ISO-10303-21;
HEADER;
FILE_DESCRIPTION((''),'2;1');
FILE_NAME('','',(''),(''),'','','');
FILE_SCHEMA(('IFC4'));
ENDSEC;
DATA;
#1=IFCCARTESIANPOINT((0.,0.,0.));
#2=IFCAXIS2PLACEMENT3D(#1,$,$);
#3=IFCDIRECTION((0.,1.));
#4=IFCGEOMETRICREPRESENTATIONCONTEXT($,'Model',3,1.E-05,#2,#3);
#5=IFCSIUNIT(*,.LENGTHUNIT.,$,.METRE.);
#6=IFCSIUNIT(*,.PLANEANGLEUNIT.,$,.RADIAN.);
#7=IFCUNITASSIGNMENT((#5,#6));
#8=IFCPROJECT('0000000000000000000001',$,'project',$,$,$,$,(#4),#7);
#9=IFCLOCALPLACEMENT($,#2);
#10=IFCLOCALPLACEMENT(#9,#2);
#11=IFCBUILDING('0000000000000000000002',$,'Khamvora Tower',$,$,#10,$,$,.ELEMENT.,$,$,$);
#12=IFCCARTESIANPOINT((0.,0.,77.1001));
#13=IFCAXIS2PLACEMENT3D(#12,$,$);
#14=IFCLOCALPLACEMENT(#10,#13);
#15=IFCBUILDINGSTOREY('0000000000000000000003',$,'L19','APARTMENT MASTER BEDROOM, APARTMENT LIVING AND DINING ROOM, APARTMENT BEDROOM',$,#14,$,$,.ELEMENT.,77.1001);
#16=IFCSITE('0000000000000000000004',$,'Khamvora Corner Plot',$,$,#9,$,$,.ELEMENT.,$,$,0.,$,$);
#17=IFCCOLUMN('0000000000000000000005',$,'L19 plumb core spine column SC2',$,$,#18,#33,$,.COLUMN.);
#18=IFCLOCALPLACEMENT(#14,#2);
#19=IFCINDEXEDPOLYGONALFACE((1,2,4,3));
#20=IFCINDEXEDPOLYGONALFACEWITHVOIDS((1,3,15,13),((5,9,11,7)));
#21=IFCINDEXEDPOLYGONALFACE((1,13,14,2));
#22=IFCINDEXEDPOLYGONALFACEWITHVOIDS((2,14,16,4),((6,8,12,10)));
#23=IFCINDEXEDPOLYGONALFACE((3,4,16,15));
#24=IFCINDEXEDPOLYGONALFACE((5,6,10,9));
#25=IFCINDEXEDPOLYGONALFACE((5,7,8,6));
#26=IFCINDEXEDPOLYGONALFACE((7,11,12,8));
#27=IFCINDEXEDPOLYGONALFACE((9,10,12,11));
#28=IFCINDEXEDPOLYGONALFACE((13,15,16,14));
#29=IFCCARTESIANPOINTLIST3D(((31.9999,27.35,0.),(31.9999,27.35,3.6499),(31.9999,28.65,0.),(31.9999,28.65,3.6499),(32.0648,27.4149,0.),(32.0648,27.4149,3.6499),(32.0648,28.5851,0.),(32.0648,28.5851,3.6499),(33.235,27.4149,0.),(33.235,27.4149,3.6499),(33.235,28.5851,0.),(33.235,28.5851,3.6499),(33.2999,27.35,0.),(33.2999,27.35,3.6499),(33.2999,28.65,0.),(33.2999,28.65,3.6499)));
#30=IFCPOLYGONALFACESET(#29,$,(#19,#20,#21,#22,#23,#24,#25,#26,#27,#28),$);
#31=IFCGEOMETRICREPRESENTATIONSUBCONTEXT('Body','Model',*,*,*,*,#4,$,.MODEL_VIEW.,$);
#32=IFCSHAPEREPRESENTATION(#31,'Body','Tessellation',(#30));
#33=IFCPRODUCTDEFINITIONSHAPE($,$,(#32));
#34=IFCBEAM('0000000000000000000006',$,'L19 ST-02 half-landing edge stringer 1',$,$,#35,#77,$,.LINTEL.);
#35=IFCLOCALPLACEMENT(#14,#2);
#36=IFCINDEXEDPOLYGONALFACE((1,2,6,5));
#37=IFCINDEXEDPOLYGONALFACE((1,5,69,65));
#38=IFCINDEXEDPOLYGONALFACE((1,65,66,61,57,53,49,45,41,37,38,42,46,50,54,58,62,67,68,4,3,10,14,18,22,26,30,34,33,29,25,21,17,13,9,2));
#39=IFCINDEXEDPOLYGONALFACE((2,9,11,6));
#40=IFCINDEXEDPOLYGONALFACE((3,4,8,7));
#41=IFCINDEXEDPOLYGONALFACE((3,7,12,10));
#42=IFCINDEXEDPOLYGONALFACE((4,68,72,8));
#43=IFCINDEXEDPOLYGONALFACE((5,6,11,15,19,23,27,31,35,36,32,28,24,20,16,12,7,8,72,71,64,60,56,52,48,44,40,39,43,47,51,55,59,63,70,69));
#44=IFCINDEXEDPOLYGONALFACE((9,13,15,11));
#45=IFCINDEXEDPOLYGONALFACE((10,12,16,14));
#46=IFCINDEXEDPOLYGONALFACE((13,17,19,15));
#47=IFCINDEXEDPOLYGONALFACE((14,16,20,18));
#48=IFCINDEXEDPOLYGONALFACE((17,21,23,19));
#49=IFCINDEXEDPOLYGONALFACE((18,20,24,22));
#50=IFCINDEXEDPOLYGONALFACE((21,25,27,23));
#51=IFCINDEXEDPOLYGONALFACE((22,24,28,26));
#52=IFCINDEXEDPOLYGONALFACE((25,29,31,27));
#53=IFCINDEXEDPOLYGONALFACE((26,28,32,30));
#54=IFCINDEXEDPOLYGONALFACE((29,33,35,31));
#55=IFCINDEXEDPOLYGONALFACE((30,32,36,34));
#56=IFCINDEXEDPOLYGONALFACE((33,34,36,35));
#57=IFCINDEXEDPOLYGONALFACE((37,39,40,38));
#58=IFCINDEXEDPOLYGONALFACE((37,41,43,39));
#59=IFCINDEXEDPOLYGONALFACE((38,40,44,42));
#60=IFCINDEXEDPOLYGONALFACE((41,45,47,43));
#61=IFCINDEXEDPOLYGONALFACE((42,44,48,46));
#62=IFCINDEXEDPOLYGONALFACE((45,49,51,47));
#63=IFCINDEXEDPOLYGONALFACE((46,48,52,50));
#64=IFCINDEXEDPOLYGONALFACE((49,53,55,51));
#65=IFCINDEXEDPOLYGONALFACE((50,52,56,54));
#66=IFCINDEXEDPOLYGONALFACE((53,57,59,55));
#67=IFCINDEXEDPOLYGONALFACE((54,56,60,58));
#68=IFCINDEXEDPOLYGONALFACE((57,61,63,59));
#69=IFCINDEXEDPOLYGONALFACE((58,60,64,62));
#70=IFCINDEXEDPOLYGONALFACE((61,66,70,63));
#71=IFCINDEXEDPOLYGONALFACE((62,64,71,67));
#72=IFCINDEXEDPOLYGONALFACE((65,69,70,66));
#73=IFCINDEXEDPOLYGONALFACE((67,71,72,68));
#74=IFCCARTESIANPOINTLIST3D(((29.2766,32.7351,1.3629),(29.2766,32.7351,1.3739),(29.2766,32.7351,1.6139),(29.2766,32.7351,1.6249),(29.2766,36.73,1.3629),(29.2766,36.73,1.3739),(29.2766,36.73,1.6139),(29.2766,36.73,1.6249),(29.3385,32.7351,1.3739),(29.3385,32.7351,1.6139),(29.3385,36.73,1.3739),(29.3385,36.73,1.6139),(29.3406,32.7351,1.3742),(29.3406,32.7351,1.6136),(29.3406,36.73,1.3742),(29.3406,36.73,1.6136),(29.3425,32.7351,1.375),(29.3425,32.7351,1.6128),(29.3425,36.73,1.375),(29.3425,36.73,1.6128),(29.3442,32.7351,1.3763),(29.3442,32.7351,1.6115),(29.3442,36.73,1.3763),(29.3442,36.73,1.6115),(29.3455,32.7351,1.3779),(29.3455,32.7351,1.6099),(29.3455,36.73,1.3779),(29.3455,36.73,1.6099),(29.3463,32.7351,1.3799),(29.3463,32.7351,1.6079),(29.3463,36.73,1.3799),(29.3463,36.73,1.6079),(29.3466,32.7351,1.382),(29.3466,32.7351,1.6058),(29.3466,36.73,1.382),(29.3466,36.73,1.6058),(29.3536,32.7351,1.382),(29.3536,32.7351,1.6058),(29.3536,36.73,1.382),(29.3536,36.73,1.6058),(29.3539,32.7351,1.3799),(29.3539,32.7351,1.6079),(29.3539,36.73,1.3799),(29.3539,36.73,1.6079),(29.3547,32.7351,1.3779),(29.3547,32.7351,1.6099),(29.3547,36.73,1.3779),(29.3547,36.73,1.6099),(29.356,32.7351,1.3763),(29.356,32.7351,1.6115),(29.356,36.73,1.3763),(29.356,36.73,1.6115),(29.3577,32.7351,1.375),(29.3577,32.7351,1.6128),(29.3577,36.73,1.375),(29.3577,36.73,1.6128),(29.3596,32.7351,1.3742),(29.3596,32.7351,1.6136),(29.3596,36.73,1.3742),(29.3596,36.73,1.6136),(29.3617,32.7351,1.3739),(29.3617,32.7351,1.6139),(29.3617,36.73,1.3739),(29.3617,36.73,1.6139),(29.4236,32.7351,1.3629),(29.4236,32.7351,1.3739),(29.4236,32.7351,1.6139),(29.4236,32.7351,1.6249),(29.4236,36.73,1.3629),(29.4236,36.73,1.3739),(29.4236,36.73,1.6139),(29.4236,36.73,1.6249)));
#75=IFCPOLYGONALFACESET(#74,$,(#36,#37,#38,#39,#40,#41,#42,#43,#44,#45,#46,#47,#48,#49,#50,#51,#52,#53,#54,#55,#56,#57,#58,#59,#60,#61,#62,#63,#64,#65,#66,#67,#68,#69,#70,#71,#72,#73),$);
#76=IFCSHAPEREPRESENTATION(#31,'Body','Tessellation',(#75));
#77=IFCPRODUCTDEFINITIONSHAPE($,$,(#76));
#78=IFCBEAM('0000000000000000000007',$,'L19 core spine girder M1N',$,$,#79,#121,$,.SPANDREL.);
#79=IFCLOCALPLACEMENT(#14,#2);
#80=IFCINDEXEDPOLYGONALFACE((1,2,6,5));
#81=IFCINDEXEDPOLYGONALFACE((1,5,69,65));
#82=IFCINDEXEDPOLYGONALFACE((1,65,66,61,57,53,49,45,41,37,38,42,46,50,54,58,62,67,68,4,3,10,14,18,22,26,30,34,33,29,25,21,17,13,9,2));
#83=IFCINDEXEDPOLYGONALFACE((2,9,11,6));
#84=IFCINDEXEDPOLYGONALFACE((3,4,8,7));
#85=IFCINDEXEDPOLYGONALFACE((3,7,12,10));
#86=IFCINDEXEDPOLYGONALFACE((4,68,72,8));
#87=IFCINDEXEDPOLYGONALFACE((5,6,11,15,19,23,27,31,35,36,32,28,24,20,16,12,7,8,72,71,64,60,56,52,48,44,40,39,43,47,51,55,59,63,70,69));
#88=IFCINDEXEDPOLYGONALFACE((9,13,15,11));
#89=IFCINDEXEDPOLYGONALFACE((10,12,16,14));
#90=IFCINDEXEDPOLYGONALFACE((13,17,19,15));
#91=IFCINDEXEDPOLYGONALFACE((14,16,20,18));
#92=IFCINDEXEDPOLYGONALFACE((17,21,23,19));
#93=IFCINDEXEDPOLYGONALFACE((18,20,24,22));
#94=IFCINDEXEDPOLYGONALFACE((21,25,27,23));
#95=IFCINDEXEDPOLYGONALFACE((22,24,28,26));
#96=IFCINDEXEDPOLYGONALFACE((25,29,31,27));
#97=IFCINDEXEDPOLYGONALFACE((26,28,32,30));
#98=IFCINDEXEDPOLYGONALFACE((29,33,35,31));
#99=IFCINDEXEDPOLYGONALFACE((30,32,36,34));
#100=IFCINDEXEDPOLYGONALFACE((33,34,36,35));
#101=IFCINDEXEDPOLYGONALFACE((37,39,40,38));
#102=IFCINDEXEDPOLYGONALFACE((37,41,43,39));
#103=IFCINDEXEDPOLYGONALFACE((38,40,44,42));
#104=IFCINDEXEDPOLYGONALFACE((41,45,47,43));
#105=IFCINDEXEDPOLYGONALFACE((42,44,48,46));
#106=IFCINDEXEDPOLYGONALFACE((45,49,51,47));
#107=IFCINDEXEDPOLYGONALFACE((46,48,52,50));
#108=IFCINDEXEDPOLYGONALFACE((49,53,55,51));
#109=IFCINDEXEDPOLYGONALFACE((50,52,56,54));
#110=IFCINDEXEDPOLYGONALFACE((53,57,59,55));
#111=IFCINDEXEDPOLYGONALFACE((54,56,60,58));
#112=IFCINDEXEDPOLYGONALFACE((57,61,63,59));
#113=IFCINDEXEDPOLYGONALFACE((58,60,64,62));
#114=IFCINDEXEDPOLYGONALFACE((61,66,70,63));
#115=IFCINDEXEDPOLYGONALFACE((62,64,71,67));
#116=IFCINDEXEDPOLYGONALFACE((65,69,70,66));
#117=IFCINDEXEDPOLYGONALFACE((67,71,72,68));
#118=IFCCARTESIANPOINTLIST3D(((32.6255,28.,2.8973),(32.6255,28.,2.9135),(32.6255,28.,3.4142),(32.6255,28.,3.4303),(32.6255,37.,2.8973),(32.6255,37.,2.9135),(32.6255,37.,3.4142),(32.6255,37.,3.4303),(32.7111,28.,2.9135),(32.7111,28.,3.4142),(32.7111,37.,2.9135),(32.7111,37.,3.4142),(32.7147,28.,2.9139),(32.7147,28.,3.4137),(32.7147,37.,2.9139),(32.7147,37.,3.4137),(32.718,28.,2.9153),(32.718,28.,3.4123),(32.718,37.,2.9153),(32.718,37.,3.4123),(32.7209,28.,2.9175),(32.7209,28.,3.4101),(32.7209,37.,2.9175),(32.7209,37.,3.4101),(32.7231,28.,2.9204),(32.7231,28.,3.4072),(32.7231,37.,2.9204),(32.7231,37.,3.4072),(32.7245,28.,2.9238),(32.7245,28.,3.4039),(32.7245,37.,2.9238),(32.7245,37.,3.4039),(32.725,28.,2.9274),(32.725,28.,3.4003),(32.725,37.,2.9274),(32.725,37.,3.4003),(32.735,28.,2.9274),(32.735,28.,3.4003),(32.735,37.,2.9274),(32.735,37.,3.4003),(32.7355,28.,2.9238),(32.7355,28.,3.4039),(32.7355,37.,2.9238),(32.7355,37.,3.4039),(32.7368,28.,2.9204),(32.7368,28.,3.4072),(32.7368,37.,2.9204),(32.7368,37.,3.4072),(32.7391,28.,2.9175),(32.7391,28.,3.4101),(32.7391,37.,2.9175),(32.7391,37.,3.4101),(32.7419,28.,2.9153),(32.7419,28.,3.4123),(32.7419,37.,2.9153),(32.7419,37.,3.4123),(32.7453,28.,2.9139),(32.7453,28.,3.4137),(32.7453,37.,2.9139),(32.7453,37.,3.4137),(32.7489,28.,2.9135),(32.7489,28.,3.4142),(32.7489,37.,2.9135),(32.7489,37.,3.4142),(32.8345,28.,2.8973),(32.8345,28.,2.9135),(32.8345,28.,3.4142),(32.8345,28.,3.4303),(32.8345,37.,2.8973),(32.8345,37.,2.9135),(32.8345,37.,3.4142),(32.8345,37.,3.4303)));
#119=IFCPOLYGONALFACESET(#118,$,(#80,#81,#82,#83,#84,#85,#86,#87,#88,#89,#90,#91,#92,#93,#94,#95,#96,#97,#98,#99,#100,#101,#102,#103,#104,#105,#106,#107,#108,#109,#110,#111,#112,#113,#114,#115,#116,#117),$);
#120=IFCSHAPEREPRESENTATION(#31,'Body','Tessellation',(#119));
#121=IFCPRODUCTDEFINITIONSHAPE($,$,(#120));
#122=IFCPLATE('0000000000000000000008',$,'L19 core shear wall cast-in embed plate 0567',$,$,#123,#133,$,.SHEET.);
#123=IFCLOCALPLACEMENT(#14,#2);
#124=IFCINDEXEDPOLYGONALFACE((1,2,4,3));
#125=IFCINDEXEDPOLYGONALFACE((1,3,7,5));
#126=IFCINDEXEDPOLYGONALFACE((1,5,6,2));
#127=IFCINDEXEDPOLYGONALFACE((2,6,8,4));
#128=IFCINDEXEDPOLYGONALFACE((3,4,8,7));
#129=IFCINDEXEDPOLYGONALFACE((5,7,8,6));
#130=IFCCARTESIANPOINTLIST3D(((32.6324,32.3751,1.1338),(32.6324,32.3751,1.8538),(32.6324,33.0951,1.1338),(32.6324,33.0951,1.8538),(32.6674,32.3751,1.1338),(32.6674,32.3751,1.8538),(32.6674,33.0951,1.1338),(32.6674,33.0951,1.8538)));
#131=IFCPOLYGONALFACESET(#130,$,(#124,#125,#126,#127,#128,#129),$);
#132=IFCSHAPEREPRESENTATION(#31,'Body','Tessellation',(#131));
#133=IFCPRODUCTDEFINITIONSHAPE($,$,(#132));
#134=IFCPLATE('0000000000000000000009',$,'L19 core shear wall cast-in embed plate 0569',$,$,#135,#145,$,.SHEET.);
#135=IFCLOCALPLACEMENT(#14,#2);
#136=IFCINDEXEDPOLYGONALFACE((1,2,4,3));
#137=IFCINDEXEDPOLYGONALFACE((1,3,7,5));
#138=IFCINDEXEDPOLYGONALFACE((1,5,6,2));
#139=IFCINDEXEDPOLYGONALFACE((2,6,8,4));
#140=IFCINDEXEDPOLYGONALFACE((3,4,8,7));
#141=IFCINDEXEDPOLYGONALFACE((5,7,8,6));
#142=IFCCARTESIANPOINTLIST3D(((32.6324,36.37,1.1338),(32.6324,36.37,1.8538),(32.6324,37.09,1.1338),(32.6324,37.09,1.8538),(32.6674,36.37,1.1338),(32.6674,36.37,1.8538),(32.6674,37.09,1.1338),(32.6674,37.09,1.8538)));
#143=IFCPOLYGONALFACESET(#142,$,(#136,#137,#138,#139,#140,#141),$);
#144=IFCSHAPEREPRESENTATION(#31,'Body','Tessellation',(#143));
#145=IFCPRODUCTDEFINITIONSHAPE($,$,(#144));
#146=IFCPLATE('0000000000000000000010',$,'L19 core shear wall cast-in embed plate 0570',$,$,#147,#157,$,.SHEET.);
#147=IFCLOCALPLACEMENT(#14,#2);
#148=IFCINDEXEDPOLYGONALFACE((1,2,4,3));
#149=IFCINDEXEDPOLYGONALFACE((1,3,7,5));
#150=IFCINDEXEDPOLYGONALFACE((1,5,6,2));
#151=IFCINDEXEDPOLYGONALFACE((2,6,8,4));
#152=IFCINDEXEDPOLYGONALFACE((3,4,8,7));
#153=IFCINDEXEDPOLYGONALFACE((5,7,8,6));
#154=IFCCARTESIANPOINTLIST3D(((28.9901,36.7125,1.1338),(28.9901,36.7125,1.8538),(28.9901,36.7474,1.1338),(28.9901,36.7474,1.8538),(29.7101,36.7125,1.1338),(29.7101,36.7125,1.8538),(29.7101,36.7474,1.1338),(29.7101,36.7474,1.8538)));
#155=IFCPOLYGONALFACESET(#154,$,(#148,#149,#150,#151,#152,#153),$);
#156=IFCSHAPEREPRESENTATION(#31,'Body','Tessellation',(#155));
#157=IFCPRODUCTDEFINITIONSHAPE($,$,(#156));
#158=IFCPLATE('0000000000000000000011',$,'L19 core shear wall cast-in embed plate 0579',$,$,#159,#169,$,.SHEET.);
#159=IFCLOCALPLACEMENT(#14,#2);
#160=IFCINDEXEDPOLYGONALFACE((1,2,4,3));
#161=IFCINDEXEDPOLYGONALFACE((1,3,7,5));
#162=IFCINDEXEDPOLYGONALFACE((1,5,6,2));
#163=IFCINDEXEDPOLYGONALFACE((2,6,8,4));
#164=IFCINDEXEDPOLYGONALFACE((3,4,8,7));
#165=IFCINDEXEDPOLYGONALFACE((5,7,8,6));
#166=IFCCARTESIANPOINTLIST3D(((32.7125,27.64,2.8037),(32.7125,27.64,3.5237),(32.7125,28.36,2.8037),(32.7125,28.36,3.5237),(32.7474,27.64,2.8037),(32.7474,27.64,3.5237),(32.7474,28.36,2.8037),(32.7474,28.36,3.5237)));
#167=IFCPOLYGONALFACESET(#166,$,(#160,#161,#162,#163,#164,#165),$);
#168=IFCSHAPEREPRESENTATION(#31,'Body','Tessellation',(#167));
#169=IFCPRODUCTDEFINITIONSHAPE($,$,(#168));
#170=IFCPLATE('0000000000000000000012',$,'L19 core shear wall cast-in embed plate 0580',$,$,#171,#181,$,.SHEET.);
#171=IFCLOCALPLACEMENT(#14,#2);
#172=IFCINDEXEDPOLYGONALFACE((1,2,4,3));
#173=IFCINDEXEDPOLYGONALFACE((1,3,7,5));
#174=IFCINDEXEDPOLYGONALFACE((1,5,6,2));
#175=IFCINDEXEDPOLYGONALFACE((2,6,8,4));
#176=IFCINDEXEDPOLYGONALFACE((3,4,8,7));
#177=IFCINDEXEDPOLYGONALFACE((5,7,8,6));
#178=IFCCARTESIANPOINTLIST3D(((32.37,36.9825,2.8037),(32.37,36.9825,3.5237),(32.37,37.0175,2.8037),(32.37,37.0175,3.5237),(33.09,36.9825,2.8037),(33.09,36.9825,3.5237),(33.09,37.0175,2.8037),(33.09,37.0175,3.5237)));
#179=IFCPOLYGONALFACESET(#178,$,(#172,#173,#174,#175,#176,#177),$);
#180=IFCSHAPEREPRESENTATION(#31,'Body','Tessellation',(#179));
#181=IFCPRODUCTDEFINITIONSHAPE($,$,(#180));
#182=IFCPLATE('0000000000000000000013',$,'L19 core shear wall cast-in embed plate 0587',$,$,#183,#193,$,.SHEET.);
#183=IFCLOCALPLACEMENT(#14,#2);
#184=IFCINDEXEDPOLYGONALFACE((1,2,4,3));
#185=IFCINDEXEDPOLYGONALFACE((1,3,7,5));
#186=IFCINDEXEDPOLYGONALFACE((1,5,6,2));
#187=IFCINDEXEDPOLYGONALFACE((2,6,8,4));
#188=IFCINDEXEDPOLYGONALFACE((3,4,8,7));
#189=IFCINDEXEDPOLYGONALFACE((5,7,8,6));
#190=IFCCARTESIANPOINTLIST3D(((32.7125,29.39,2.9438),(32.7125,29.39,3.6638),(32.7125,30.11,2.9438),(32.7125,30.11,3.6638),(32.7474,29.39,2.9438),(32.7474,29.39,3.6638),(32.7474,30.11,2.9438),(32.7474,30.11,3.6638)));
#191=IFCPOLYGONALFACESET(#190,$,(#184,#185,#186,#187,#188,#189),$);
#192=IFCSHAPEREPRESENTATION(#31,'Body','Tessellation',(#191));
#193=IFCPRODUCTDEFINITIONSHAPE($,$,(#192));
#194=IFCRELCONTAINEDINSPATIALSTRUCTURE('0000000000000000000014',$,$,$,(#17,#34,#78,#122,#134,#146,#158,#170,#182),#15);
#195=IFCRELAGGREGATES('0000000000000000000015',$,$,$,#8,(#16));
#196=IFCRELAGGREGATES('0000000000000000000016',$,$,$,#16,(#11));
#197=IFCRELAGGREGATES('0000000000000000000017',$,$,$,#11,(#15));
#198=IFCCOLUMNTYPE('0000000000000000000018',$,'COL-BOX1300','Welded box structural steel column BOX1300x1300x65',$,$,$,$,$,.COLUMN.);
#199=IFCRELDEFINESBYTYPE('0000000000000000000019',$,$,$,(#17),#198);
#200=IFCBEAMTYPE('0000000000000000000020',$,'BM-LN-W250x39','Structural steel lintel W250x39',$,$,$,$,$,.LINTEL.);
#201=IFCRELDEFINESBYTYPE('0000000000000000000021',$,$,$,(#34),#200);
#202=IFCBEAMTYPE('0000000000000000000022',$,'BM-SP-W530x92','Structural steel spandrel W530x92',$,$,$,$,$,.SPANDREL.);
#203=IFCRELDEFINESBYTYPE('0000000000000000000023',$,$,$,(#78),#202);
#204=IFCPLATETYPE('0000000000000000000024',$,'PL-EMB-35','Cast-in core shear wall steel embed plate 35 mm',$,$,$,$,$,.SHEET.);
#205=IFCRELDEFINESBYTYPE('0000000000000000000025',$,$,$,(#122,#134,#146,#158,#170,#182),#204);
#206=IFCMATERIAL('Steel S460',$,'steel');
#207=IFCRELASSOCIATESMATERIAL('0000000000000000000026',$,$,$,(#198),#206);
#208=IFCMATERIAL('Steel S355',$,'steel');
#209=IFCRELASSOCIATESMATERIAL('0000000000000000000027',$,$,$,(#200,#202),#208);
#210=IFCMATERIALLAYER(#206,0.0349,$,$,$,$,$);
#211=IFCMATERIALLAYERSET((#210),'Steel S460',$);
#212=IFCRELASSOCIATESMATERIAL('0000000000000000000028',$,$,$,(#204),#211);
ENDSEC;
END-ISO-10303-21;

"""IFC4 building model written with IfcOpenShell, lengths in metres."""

from ifc_helpers import new_model, si_unit, direction, frame, origin, origin_2d, place, context, subcontext, project, spatial, rectangle, hollow_rectangle, i_section, extrude, material, layer, layer_set, material_profile, profile_set, type_object, element, save


model = new_model("IFC4")

# Units and contexts
model_context = context("Model", 3, precision=1e-05, world=origin(), true_north=direction((0.0, 1.0)))
body_context = subcontext(model_context, "Body", "Model", "MODEL_VIEW")
ifc_project = project(units=[si_unit("LENGTHUNIT", "METRE"), si_unit("PLANEANGLEUNIT", "RADIAN")], contexts=[model_context])

# Site, building, storey
site_placement = place(None, origin())
site = spatial("IfcSite", under=ifc_project, at=site_placement, Name="Khamvora Corner Plot", CompositionType="ELEMENT", RefElevation=0.0)
building_placement = place(site_placement, origin())
building = spatial("IfcBuilding", under=site, at=building_placement, Name="Khamvora Tower", CompositionType="ELEMENT")
storey_placement = place(building_placement, frame((0.0, 0.0, 77.1001)))
storey = spatial("IfcBuildingStorey", under=building, at=storey_placement, Name="L19", Description="APARTMENT MASTER BEDROOM, APARTMENT LIVING AND DINING ROOM, APARTMENT BEDROOM", CompositionType="ELEMENT", Elevation=77.1001)

# Column
ifc_material_1 = material(Name="Steel S460", Category="steel")
ifc_material_profile_1 = material_profile(ifc_material_1, hollow_rectangle(XDim=1.3, YDim=1.3, WallThickness=0.0649, at=origin_2d()), Name="BOX1300x1300x65")
ifc_profile_set_1 = profile_set([ifc_material_profile_1], Name="Steel S460")
column_type = type_object("IfcColumnType", Name="COL-BOX1300", Description="Welded box structural steel column BOX1300x1300x65", PredefinedType="COLUMN", material=ifc_profile_set_1)
column_placement = place(storey_placement, frame((32.6499, 28.0, 0.0), z_axis=(0.0, 0.0, 1.0), x_axis=(1.0, 0.0, 0.0)))
element("IfcColumn", 1, at=column_placement, inside=storey, type_object=column_type, Name="L19 plumb core spine column SC2", PredefinedType="COLUMN", context=body_context, shape_type="SweptSolid", body=[
    extrude(hollow_rectangle(XDim=1.3, YDim=1.3, WallThickness=0.0649, at=origin_2d()), origin(), (0.0, 0.0, 1.0), 3.6499),
])

# Beams
ifc_material_2 = material(Name="Steel S355", Category="steel")
ifc_material_profile_2 = material_profile(ifc_material_2, i_section(OverallWidth=0.147, OverallDepth=0.262, WebThickness=0.0071, FlangeThickness=0.011, FilletRadius=0.0081, at=origin_2d()), Name="W250x39")
ifc_profile_set_2 = profile_set([ifc_material_profile_2], Name="Steel S355")
beam_type_1 = type_object("IfcBeamType", Name="BM-LN-W250x39", Description="Structural steel lintel W250x39", PredefinedType="LINTEL", material=ifc_profile_set_2)
beam_1_placement = place(storey_placement, frame((29.3501, 32.7351, 1.4939), z_axis=(0.0, 1.0, 0.0), x_axis=(-1.0, 0.0, 0.0)))
element("IfcBeam", 2, at=beam_1_placement, inside=storey, type_object=beam_type_1, Name="L19 ST-02 half-landing edge stringer 1", PredefinedType="LINTEL", context=body_context, shape_type="SweptSolid", body=[
    extrude(i_section(OverallWidth=0.147, OverallDepth=0.262, WebThickness=0.0071, FlangeThickness=0.011, FilletRadius=0.0081, at=origin_2d()), origin(), (0.0, 0.0, 1.0), 3.9949),
])
ifc_material_profile_3 = material_profile(ifc_material_2, i_section(OverallWidth=0.209, OverallDepth=0.533, WebThickness=0.01, FlangeThickness=0.0161, FilletRadius=0.0139, at=origin_2d()), Name="W530x92")
ifc_profile_set_3 = profile_set([ifc_material_profile_3], Name="Steel S355")
beam_type_2 = type_object("IfcBeamType", Name="BM-SP-W530x92", Description="Structural steel spandrel W530x92", PredefinedType="SPANDREL", material=ifc_profile_set_3)
beam_2_placement = place(storey_placement, frame((32.73, 28.0, 3.1638), z_axis=(0.0, 1.0, 0.0), x_axis=(-1.0, 0.0, 0.0)))
element("IfcBeam", 3, at=beam_2_placement, inside=storey, type_object=beam_type_2, Name="L19 core spine girder M1N", PredefinedType="SPANDREL", context=body_context, shape_type="SweptSolid", body=[
    extrude(i_section(OverallWidth=0.209, OverallDepth=0.533, WebThickness=0.01, FlangeThickness=0.0161, FilletRadius=0.0139, at=origin_2d()), origin(), (0.0, 0.0, 1.0), 9.0),
])

# Plates
ifc_layer_1 = layer(ifc_material_1, 0.0349)
ifc_layer_set_1 = layer_set([ifc_layer_1], Name="Steel S460")
plate_type = type_object("IfcPlateType", Name="PL-EMB-35", Description="Cast-in core shear wall steel embed plate 35 mm", PredefinedType="SHEET", material=ifc_layer_set_1)
for number, where, z_axis, x_axis, name in (
    (4, (32.6499, 32.7351, 1.1338), (0.0, 0.0, 1.0), (1.0, 0.0, 0.0), "L19 core shear wall cast-in embed plate 0567"),
    (5, (32.6499, 36.73, 1.1338), (0.0, 0.0, 1.0), (1.0, 0.0, 0.0), "L19 core shear wall cast-in embed plate 0569"),
):
    element("IfcPlate", number, at=place(storey_placement, frame(where, z_axis=z_axis, x_axis=x_axis)), inside=storey, type_object=plate_type, Name=name, PredefinedType="SHEET", context=body_context, shape_type="SweptSolid", body=[
        extrude(rectangle(XDim=0.0349, YDim=0.72, at=origin_2d()), origin(), (0.0, 0.0, 1.0), 0.72),
    ])
plate_1_placement = place(storey_placement, frame((29.3501, 36.73, 1.1338), z_axis=(0.0, 0.0, 1.0), x_axis=(1.0, 0.0, 0.0)))
element("IfcPlate", 6, at=plate_1_placement, inside=storey, type_object=plate_type, Name="L19 core shear wall cast-in embed plate 0570", PredefinedType="SHEET", context=body_context, shape_type="SweptSolid", body=[
    extrude(rectangle(XDim=0.72, YDim=0.0349, at=origin_2d()), origin(), (0.0, 0.0, 1.0), 0.72),
])
plate_2_placement = place(storey_placement, frame((32.73, 28.0, 2.8037), z_axis=(0.0, 0.0, 1.0), x_axis=(1.0, 0.0, 0.0)))
element("IfcPlate", 7, at=plate_2_placement, inside=storey, type_object=plate_type, Name="L19 core shear wall cast-in embed plate 0579", PredefinedType="SHEET", context=body_context, shape_type="SweptSolid", body=[
    extrude(rectangle(XDim=0.0349, YDim=0.72, at=origin_2d()), origin(), (0.0, 0.0, 1.0), 0.72),
])
plate_3_placement = place(storey_placement, frame((32.73, 37.0, 2.8037), z_axis=(0.0, 0.0, 1.0), x_axis=(1.0, 0.0, 0.0)))
element("IfcPlate", 8, at=plate_3_placement, inside=storey, type_object=plate_type, Name="L19 core shear wall cast-in embed plate 0580", PredefinedType="SHEET", context=body_context, shape_type="SweptSolid", body=[
    extrude(rectangle(XDim=0.72, YDim=0.0349, at=origin_2d()), origin(), (0.0, 0.0, 1.0), 0.72),
])
plate_4_placement = place(storey_placement, frame((32.73, 29.75, 2.9438), z_axis=(0.0, 0.0, 1.0), x_axis=(1.0, 0.0, 0.0)))
element("IfcPlate", 9, at=plate_4_placement, inside=storey, type_object=plate_type, Name="L19 core shear wall cast-in embed plate 0587", PredefinedType="SHEET", context=body_context, shape_type="SweptSolid", body=[
    extrude(rectangle(XDim=0.0349, YDim=0.72, at=origin_2d()), origin(), (0.0, 0.0, 1.0), 0.72),
])

save(model, "model.ifc")
